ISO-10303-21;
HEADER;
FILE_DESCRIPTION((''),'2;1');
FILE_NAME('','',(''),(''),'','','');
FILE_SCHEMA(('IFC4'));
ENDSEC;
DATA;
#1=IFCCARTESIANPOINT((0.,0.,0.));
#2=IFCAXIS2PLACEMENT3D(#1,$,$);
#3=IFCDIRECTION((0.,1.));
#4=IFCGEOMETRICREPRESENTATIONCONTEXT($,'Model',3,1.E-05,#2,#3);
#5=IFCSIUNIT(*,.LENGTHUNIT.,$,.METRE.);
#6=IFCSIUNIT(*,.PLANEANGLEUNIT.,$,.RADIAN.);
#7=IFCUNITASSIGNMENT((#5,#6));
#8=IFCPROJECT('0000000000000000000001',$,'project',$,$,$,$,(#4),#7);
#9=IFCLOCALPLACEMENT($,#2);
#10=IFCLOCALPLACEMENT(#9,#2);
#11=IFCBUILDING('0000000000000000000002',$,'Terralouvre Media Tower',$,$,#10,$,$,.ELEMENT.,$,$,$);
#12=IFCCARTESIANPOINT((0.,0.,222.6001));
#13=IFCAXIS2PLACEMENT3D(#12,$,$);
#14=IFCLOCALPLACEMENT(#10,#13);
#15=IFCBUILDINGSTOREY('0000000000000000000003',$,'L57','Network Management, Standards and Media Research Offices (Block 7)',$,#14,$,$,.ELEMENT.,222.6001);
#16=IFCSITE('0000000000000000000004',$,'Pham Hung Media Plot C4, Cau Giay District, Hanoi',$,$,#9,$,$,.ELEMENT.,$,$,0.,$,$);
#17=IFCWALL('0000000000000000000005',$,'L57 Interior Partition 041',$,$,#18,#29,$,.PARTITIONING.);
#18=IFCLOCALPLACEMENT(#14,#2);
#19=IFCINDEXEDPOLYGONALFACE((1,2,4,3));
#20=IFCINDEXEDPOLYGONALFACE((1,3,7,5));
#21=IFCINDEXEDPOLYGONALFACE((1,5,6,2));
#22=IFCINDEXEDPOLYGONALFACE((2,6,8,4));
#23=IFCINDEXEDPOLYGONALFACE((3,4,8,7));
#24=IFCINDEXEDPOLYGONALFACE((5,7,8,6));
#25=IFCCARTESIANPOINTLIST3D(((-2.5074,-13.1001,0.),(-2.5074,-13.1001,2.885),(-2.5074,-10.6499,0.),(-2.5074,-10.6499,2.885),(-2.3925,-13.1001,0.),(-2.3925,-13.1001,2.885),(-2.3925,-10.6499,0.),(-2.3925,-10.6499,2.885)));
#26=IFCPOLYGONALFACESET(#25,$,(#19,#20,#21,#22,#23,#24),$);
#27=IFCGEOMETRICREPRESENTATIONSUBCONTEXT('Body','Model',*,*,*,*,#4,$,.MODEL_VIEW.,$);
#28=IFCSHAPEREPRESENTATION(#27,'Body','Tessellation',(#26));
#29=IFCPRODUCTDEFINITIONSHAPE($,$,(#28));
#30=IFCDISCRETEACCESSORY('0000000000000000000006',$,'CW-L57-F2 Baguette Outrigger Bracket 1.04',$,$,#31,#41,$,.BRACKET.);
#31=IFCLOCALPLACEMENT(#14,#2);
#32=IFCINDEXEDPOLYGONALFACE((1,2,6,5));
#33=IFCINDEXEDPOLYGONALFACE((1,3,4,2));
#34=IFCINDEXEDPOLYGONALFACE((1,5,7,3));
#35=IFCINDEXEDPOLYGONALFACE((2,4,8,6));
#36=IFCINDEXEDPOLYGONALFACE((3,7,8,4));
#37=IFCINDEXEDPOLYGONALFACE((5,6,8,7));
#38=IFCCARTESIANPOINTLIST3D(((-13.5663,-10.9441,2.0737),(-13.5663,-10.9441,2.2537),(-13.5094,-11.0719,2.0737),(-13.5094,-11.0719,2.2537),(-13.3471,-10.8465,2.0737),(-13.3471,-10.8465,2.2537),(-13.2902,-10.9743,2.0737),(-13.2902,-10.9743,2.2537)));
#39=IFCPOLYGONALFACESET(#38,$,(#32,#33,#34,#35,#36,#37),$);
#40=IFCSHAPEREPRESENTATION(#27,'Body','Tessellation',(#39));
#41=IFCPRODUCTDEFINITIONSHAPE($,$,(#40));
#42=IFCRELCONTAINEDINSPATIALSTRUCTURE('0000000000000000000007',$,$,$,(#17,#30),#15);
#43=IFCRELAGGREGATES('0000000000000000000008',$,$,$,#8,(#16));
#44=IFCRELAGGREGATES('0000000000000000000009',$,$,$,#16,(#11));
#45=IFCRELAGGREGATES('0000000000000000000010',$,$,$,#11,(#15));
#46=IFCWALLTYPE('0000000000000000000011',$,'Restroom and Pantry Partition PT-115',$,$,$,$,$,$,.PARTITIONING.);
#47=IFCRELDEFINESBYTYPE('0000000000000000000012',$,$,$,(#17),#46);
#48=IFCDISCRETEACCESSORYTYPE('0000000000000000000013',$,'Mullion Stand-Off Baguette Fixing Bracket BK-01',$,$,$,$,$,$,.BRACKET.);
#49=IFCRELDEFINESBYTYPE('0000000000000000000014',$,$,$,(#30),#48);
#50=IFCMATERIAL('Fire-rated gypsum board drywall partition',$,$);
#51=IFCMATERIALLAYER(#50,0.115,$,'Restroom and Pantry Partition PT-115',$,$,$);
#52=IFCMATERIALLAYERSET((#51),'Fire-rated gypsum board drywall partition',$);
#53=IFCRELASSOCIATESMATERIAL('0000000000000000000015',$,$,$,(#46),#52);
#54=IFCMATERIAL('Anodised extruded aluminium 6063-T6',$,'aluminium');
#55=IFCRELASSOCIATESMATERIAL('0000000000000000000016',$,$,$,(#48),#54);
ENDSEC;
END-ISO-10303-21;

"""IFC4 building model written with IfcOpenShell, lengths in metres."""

from ifc_helpers import new_model, si_unit, direction, frame, frame_2d, origin, origin_2d, place, context, subcontext, project, spatial, rectangle, extrude, material, layer, layer_set, type_object, element, save


model = new_model("IFC4")

# Units and contexts
model_context = context("Model", 3, precision=1e-05, world=origin(), true_north=direction((0.0, 1.0)))
body_context = subcontext(model_context, "Body", "Model", "MODEL_VIEW")
ifc_project = project(units=[si_unit("LENGTHUNIT", "METRE"), si_unit("PLANEANGLEUNIT", "RADIAN")], contexts=[model_context])

# Site, building, storey
site_placement = place(None, origin())
site = spatial("IfcSite", under=ifc_project, at=site_placement, Name="Pham Hung Media Plot C4, Cau Giay District, Hanoi", CompositionType="ELEMENT", RefElevation=0.0)
building_placement = place(site_placement, origin())
building = spatial("IfcBuilding", under=site, at=building_placement, Name="Terralouvre Media Tower", CompositionType="ELEMENT")
storey_placement = place(building_placement, frame((0.0, 0.0, 222.6001)))
storey = spatial("IfcBuildingStorey", under=building, at=storey_placement, Name="L57", Description="Network Management, Standards and Media Research Offices (Block 7)", CompositionType="ELEMENT", Elevation=222.6001)

# Shared definitions
ifc_material_1 = material(Name="Fire-rated gypsum board drywall partition")
ifc_layer_1 = layer(ifc_material_1, 0.115, Name="Restroom and Pantry Partition PT-115")
ifc_layer_set_1 = layer_set([ifc_layer_1], Name="Fire-rated gypsum board drywall partition")
wall_type_1 = type_object("IfcWallType", Name="Restroom and Pantry Partition PT-115", PredefinedType="PARTITIONING", material=ifc_layer_set_1)

# Wall
wall_1_placement = place(storey_placement, frame((-2.45, -13.1001, 0.0), z_axis=(0.0, 0.0, 1.0), x_axis=(0.0, 1.0, 0.0)))
element("IfcWall", 1, at=wall_1_placement, inside=storey, type_object=wall_type_1, Name="L57 Interior Partition 041", PredefinedType="PARTITIONING", context=body_context, shape_type="SweptSolid", body=[
    extrude(rectangle(XDim=2.4502, YDim=0.115, at=frame_2d((1.2251, 0.0))), origin(), (0.0, 0.0, 1.0), 2.885),
])

# Discrete accessory
ifc_material_2 = material(Name="Anodised extruded aluminium 6063-T6", Category="aluminium")
discrete_accessory_type = type_object("IfcDiscreteAccessoryType", Name="Mullion Stand-Off Baguette Fixing Bracket BK-01", PredefinedType="BRACKET", material=ifc_material_2)
discrete_accessory_placement = place(storey_placement, frame((-13.4282, -10.9592, 2.0737), z_axis=(0.0, 0.0, 1.0), x_axis=(0.406737, -0.913545, 0.0)))
element("IfcDiscreteAccessory", 2, at=discrete_accessory_placement, inside=storey, type_object=discrete_accessory_type, Name="CW-L57-F2 Baguette Outrigger Bracket 1.04", PredefinedType="BRACKET", context=body_context, shape_type="SweptSolid", body=[
    extrude(rectangle(XDim=0.1399, YDim=0.24, at=origin_2d()), origin(), (0.0, 0.0, 1.0), 0.1799),
])

save(model, "model.ifc")
